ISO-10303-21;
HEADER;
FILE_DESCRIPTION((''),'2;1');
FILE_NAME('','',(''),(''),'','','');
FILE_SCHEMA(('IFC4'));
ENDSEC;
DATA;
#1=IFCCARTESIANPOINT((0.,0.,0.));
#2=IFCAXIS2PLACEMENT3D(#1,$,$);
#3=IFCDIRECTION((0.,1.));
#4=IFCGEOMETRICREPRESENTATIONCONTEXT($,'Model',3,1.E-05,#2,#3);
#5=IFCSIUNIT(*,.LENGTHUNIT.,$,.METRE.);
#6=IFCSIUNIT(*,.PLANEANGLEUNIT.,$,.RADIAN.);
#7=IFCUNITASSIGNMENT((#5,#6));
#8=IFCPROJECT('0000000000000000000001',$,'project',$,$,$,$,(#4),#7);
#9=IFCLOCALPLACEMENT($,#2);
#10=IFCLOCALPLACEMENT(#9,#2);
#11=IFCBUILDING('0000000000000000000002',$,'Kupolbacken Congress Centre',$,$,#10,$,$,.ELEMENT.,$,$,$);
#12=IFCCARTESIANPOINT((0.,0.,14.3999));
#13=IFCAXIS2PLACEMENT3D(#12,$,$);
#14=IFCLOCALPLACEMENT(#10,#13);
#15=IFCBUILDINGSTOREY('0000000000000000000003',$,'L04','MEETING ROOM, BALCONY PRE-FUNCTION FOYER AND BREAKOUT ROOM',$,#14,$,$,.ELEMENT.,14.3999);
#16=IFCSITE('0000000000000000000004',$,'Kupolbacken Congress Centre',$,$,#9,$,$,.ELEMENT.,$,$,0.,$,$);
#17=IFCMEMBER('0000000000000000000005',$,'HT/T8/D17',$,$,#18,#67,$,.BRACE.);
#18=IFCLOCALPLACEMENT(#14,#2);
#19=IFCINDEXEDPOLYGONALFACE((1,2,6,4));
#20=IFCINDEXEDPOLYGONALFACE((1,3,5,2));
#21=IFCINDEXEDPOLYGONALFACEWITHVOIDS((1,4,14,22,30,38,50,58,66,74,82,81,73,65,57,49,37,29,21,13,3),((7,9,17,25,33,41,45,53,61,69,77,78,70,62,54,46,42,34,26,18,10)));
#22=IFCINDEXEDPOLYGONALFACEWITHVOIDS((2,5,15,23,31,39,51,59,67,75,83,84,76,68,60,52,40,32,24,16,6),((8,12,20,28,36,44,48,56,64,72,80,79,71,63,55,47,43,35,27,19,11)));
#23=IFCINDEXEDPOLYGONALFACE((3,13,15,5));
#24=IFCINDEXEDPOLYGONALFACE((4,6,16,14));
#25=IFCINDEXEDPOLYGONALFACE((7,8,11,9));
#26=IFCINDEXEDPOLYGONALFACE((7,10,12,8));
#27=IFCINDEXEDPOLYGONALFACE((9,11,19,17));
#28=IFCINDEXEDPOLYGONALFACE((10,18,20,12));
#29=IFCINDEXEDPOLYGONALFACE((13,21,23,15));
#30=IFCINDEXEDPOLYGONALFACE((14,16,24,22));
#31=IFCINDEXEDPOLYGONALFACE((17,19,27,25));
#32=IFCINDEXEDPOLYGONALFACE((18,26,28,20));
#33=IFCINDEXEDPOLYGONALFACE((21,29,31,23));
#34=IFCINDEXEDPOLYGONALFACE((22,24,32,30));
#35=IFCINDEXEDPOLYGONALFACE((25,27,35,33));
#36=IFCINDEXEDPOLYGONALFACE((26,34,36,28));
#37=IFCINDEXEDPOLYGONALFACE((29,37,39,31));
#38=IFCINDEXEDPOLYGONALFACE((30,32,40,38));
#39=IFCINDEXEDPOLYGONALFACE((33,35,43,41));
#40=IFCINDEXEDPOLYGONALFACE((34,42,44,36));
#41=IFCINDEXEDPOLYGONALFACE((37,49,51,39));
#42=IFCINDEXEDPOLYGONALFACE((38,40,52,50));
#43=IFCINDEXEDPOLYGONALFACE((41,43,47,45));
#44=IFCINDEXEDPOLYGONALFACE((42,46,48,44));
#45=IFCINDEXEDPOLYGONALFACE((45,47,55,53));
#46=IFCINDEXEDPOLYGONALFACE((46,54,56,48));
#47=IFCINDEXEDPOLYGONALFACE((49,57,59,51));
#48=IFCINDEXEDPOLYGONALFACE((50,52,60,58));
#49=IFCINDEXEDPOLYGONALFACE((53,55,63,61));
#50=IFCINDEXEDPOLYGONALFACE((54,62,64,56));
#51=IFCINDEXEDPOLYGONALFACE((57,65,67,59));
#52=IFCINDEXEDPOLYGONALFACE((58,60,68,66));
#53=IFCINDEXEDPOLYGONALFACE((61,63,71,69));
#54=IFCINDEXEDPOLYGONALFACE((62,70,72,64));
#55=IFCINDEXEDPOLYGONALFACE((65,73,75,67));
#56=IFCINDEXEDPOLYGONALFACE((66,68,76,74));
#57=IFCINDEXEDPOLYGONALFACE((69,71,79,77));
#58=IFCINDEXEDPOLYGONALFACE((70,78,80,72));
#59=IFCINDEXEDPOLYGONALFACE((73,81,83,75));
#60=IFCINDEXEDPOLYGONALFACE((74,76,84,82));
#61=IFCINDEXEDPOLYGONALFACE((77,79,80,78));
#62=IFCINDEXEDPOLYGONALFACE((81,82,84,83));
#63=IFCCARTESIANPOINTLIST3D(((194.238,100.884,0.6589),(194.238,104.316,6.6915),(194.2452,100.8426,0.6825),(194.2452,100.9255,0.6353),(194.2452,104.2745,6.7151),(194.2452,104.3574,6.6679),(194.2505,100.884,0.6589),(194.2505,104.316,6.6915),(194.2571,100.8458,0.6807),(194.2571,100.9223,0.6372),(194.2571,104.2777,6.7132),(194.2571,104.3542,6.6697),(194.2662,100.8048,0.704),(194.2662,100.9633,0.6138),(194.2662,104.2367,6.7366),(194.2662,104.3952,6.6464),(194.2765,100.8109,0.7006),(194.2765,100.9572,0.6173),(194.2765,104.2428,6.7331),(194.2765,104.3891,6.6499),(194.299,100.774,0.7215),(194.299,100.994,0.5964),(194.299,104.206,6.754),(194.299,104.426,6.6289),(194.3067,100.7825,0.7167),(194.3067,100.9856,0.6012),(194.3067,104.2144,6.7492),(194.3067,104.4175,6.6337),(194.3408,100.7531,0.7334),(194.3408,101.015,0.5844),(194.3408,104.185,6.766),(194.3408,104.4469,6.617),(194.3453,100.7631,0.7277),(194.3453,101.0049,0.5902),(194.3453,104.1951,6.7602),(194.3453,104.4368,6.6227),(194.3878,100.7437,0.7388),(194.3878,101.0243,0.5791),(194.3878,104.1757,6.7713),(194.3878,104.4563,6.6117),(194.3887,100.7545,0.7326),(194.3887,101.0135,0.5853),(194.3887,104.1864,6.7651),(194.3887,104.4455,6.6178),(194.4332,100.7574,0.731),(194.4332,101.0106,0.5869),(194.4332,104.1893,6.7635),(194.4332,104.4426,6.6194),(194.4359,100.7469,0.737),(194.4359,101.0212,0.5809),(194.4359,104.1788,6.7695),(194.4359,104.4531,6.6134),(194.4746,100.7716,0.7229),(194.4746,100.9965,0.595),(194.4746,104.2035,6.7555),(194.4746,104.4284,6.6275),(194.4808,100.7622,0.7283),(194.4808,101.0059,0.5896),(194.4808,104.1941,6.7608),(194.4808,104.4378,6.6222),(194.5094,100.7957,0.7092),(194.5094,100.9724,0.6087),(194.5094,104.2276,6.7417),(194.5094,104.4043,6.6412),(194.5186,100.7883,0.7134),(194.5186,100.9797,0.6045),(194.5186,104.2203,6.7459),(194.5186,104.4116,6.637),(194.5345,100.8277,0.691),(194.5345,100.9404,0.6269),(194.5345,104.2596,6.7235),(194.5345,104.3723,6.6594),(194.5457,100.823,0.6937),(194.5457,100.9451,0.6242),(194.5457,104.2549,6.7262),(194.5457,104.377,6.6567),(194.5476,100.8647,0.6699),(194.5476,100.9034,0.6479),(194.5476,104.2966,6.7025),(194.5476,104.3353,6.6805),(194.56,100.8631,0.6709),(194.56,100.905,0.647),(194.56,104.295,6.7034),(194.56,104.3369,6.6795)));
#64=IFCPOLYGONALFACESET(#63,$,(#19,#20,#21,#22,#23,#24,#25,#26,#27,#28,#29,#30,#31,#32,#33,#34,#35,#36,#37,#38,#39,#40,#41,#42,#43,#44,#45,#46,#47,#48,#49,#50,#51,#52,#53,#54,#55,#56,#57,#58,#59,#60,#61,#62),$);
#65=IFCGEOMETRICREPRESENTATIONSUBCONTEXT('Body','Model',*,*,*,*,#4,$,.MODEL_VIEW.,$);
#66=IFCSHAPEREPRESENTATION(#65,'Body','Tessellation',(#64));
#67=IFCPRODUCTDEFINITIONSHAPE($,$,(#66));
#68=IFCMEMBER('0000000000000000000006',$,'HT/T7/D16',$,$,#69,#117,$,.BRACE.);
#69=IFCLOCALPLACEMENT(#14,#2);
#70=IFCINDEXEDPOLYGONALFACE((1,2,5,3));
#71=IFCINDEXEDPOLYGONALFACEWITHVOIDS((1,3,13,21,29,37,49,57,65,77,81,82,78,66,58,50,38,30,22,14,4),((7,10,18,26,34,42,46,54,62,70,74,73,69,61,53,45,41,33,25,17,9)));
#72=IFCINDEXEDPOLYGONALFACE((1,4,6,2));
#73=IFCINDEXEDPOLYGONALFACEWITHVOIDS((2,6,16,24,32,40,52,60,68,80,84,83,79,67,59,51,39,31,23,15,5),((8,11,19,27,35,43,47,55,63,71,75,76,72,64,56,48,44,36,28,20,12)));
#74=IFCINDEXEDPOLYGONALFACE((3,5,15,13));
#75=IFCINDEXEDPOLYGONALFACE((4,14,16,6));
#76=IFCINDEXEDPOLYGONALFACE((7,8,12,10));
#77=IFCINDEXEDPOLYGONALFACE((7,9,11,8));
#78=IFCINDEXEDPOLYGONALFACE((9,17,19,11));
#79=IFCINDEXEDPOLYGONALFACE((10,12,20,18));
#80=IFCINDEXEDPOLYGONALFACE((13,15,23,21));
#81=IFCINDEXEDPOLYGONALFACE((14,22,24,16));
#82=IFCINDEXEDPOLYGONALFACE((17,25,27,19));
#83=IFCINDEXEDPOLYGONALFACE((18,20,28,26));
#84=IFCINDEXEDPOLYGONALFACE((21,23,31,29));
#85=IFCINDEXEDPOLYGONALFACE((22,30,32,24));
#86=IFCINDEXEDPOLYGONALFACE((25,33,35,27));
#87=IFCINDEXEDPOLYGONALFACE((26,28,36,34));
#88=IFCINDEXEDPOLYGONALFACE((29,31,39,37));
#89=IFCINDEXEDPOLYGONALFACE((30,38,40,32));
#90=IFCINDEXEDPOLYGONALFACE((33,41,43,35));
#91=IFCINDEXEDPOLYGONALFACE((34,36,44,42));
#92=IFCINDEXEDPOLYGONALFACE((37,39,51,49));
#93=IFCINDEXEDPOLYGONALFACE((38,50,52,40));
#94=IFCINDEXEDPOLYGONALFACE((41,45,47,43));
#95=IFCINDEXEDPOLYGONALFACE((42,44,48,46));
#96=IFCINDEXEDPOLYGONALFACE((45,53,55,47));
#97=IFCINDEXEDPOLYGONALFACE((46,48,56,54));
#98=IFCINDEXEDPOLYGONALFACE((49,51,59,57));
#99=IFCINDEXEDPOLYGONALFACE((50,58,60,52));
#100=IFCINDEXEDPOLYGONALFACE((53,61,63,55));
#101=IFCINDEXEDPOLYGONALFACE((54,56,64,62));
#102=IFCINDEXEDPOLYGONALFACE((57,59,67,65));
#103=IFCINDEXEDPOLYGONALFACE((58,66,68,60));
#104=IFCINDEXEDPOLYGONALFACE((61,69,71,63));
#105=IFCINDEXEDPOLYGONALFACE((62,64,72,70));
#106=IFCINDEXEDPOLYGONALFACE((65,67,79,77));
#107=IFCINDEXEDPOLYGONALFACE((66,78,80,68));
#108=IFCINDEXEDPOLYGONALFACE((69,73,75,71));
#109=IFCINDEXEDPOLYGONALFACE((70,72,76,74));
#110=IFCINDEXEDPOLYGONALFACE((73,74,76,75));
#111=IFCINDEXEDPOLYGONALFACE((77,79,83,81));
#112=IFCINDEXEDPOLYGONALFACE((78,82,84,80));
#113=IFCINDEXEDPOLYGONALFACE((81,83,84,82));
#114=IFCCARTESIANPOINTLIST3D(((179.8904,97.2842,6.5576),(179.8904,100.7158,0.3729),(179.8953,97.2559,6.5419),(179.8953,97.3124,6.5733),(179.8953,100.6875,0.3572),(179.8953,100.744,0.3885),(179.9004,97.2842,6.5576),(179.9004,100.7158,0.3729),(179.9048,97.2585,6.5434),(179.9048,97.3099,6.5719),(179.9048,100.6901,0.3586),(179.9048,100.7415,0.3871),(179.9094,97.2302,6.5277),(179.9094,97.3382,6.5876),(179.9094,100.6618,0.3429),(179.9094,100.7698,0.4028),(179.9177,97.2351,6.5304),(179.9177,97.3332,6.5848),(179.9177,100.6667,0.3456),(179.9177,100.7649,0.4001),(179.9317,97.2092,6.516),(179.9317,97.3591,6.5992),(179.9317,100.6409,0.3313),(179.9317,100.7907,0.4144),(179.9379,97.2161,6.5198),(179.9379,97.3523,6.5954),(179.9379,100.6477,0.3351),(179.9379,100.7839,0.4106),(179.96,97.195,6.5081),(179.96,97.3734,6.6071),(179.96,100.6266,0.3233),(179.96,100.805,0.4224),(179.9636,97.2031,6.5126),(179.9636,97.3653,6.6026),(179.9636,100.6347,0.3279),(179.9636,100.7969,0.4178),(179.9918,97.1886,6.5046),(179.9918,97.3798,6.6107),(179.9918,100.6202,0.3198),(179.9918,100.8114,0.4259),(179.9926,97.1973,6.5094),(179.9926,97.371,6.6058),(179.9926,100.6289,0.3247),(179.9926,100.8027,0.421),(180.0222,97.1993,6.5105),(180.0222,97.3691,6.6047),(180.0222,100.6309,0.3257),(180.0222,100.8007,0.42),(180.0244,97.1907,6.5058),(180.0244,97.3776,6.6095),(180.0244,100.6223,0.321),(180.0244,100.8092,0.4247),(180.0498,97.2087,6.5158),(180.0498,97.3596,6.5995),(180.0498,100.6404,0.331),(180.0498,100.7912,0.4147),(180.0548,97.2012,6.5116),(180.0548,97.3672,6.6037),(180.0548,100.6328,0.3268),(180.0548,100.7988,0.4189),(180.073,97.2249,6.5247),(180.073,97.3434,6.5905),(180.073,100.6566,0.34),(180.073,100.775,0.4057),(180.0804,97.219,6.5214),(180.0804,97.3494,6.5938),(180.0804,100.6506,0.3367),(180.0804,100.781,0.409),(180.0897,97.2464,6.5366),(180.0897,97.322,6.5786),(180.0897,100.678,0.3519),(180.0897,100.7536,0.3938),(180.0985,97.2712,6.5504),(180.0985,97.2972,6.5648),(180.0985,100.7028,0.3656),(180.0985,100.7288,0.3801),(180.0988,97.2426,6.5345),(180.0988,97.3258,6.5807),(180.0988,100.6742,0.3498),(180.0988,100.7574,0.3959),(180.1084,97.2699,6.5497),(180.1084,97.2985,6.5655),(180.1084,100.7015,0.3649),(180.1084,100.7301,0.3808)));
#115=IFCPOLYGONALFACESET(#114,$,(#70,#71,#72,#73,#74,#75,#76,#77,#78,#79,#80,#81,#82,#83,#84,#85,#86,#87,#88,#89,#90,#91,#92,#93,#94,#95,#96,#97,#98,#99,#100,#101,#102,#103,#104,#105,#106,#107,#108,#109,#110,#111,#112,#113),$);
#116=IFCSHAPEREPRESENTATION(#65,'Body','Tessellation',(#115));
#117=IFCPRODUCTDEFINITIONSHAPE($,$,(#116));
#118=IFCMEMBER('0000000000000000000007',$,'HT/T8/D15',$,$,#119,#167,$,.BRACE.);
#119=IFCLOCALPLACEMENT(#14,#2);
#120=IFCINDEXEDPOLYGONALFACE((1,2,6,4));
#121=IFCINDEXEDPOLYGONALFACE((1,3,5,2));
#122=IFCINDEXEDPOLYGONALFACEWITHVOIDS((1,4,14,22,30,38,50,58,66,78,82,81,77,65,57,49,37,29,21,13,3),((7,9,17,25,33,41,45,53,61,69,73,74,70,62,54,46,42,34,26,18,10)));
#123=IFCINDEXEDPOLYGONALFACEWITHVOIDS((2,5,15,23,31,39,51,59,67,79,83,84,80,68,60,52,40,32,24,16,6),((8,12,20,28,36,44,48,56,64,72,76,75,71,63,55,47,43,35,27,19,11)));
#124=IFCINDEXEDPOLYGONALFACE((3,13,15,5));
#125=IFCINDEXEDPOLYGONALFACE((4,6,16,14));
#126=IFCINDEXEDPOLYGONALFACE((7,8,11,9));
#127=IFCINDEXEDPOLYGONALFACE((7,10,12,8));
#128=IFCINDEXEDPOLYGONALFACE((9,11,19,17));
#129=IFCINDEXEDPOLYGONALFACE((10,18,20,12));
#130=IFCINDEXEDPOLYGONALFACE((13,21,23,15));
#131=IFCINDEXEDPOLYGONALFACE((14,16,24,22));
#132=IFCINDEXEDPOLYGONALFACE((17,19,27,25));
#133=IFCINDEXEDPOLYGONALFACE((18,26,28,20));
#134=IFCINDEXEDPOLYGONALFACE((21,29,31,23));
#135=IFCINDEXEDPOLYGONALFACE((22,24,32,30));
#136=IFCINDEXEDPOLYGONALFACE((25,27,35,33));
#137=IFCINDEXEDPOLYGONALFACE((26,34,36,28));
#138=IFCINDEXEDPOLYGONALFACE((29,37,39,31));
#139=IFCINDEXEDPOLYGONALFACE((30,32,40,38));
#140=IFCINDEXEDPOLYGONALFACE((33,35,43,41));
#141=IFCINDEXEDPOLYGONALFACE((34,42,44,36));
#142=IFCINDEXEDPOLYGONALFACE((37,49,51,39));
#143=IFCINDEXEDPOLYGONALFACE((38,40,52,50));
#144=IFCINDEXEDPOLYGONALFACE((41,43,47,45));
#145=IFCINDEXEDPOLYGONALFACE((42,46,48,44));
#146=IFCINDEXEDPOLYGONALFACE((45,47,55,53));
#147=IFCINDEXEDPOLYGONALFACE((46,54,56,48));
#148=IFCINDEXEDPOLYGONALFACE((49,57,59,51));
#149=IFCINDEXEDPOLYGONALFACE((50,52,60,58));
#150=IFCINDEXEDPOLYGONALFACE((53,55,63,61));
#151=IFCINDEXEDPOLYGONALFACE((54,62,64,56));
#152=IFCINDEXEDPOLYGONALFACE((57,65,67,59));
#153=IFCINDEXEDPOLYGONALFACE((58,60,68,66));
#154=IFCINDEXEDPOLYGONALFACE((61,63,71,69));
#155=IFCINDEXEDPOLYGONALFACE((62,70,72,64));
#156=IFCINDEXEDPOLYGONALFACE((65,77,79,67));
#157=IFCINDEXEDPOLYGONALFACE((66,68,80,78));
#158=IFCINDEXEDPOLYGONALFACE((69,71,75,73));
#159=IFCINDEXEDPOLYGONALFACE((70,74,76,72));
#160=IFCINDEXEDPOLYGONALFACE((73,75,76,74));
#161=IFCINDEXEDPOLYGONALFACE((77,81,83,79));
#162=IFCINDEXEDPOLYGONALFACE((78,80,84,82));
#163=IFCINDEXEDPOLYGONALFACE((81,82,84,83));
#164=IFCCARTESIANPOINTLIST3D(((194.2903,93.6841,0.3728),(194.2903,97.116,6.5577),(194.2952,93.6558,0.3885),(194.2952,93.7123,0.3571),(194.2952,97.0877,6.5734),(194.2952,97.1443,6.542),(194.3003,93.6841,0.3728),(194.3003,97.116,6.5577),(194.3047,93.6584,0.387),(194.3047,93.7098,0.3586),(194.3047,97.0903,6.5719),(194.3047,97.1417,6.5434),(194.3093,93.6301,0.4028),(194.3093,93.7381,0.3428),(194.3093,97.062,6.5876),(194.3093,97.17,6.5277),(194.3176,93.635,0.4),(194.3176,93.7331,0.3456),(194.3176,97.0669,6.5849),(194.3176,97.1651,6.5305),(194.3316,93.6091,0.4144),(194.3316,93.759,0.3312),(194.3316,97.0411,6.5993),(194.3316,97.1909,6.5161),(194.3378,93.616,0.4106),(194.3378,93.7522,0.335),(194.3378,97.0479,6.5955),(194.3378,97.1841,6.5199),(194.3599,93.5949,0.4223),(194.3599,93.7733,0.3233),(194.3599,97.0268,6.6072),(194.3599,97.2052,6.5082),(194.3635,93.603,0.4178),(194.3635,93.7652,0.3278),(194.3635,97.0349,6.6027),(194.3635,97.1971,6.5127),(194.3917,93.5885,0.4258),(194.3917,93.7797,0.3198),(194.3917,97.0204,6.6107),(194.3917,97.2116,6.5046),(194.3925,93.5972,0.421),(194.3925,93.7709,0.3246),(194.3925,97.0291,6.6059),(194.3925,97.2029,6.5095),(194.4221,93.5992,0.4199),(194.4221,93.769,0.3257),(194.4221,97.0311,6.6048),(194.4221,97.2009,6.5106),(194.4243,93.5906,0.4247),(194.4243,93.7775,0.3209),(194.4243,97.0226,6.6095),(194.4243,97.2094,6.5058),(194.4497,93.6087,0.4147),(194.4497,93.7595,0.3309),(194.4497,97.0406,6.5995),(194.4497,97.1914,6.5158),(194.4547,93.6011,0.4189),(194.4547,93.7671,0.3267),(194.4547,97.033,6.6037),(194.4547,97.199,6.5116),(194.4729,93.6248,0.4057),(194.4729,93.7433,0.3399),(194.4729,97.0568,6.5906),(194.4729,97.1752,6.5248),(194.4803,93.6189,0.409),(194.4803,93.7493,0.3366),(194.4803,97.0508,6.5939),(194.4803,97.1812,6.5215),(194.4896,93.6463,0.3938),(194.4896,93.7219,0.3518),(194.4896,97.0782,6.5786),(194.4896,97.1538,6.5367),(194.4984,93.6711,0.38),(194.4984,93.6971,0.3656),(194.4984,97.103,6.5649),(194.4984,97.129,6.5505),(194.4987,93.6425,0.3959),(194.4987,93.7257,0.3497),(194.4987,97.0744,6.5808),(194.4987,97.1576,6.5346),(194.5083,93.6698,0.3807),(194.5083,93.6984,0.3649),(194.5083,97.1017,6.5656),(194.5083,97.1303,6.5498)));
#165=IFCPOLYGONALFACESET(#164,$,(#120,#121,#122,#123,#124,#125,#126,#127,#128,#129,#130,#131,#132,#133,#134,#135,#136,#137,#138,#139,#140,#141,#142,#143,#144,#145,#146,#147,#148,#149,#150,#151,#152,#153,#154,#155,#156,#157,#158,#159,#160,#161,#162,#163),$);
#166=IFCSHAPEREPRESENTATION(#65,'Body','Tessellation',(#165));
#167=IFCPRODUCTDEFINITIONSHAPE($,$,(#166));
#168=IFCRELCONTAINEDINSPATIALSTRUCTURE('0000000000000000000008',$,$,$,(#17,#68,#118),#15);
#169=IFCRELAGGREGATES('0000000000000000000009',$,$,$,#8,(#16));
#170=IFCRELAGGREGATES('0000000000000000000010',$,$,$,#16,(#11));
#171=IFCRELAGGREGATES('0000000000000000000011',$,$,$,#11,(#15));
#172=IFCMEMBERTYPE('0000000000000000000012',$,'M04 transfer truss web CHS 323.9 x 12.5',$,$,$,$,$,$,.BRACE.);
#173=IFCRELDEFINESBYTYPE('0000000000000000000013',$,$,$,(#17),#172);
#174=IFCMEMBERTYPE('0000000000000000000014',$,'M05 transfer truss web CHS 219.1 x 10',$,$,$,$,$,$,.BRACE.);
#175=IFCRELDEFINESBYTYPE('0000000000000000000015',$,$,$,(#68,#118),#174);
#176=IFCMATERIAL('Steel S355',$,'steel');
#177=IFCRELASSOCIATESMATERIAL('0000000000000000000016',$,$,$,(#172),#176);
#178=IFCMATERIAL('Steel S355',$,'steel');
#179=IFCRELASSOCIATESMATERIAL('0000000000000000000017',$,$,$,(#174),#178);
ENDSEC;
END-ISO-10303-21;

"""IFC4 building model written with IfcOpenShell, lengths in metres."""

from ifc_helpers import new_model, si_unit, direction, frame, origin, origin_2d, place, context, subcontext, project, spatial, hollow_circle, extrude, material, material_profile, profile_set, type_object, element, save


model = new_model("IFC4")

# Units and contexts
model_context = context("Model", 3, precision=1e-05, world=origin(), true_north=direction((0.0, 1.0)))
body_context = subcontext(model_context, "Body", "Model", "MODEL_VIEW")
ifc_project = project(units=[si_unit("LENGTHUNIT", "METRE"), si_unit("PLANEANGLEUNIT", "RADIAN")], contexts=[model_context])

# Site, building, storey
site_placement = place(None, origin())
site = spatial("IfcSite", under=ifc_project, at=site_placement, Name="Kupolbacken Congress Centre", CompositionType="ELEMENT", RefElevation=0.0)
building_placement = place(site_placement, origin())
building = spatial("IfcBuilding", under=site, at=building_placement, Name="Kupolbacken Congress Centre", CompositionType="ELEMENT")
storey_placement = place(building_placement, frame((0.0, 0.0, 14.3999)))
storey = spatial("IfcBuildingStorey", under=building, at=storey_placement, Name="L04", Description="MEETING ROOM, BALCONY PRE-FUNCTION FOYER AND BREAKOUT ROOM", CompositionType="ELEMENT", Elevation=14.3999)

# Members
ifc_material_1 = material(Name="Steel S355", Category="steel")
ifc_material_profile_1 = material_profile(ifc_material_1, hollow_circle(Radius=0.1619, WallThickness=0.0125, at=origin_2d()), Name="CHS 323.9 x 12.5")
ifc_profile_set_1 = profile_set([ifc_material_profile_1], Name="Steel S355")
member_type_1 = type_object("IfcMemberType", Name="M04 transfer truss web CHS 323.9 x 12.5", PredefinedType="BRACE", material=ifc_profile_set_1)
for number, where, z_axis, x_axis, name in (
    (1, (194.3999, 100.884, 0.6589), (0.0, 0.494483, 0.869188), (-1.0, 0.0, 0.0), "HT/T8/D17"),
):
    element("IfcMember", number, at=place(storey_placement, frame(where, z_axis=z_axis, x_axis=x_axis)), inside=storey, type_object=member_type_1, Name=name, PredefinedType="BRACE", context=body_context, shape_type="SweptSolid", body=[
        extrude(hollow_circle(Radius=0.1619, WallThickness=0.0125, at=origin_2d()), origin(), (0.0, 0.0, 1.0), 6.9404),
    ])
ifc_material_2 = material(Name="Steel S355", Category="steel")
ifc_material_profile_2 = material_profile(ifc_material_2, hollow_circle(Radius=0.1096, WallThickness=0.01, at=origin_2d()), Name="CHS 219.1 x 10")
ifc_profile_set_2 = profile_set([ifc_material_profile_2], Name="Steel S355")
member_type_2 = type_object("IfcMemberType", Name="M05 transfer truss web CHS 219.1 x 10", PredefinedType="BRACE", material=ifc_profile_set_2)
member_1_placement = place(storey_placement, frame((180.0, 97.2842, 6.5576), z_axis=(0.0, 0.485171, -0.874419), x_axis=(-1.0, 0.0, 0.0)))
element("IfcMember", 2, at=member_1_placement, inside=storey, type_object=member_type_2, Name="HT/T7/D16", PredefinedType="BRACE", context=body_context, shape_type="SweptSolid", body=[
    extrude(hollow_circle(Radius=0.1096, WallThickness=0.01, at=origin_2d()), origin(), (0.0, 0.0, 1.0), 7.073),
])
member_2_placement = place(storey_placement, frame((194.3999, 93.6841, 0.3728), z_axis=(0.0, 0.485197, 0.874405), x_axis=(-1.0, 0.0, 0.0)))
element("IfcMember", 3, at=member_2_placement, inside=storey, type_object=member_type_2, Name="HT/T8/D15", PredefinedType="BRACE", context=body_context, shape_type="SweptSolid", body=[
    extrude(hollow_circle(Radius=0.1096, WallThickness=0.01, at=origin_2d()), origin(), (0.0, 0.0, 1.0), 7.0732),
])

save(model, "model.ifc")
